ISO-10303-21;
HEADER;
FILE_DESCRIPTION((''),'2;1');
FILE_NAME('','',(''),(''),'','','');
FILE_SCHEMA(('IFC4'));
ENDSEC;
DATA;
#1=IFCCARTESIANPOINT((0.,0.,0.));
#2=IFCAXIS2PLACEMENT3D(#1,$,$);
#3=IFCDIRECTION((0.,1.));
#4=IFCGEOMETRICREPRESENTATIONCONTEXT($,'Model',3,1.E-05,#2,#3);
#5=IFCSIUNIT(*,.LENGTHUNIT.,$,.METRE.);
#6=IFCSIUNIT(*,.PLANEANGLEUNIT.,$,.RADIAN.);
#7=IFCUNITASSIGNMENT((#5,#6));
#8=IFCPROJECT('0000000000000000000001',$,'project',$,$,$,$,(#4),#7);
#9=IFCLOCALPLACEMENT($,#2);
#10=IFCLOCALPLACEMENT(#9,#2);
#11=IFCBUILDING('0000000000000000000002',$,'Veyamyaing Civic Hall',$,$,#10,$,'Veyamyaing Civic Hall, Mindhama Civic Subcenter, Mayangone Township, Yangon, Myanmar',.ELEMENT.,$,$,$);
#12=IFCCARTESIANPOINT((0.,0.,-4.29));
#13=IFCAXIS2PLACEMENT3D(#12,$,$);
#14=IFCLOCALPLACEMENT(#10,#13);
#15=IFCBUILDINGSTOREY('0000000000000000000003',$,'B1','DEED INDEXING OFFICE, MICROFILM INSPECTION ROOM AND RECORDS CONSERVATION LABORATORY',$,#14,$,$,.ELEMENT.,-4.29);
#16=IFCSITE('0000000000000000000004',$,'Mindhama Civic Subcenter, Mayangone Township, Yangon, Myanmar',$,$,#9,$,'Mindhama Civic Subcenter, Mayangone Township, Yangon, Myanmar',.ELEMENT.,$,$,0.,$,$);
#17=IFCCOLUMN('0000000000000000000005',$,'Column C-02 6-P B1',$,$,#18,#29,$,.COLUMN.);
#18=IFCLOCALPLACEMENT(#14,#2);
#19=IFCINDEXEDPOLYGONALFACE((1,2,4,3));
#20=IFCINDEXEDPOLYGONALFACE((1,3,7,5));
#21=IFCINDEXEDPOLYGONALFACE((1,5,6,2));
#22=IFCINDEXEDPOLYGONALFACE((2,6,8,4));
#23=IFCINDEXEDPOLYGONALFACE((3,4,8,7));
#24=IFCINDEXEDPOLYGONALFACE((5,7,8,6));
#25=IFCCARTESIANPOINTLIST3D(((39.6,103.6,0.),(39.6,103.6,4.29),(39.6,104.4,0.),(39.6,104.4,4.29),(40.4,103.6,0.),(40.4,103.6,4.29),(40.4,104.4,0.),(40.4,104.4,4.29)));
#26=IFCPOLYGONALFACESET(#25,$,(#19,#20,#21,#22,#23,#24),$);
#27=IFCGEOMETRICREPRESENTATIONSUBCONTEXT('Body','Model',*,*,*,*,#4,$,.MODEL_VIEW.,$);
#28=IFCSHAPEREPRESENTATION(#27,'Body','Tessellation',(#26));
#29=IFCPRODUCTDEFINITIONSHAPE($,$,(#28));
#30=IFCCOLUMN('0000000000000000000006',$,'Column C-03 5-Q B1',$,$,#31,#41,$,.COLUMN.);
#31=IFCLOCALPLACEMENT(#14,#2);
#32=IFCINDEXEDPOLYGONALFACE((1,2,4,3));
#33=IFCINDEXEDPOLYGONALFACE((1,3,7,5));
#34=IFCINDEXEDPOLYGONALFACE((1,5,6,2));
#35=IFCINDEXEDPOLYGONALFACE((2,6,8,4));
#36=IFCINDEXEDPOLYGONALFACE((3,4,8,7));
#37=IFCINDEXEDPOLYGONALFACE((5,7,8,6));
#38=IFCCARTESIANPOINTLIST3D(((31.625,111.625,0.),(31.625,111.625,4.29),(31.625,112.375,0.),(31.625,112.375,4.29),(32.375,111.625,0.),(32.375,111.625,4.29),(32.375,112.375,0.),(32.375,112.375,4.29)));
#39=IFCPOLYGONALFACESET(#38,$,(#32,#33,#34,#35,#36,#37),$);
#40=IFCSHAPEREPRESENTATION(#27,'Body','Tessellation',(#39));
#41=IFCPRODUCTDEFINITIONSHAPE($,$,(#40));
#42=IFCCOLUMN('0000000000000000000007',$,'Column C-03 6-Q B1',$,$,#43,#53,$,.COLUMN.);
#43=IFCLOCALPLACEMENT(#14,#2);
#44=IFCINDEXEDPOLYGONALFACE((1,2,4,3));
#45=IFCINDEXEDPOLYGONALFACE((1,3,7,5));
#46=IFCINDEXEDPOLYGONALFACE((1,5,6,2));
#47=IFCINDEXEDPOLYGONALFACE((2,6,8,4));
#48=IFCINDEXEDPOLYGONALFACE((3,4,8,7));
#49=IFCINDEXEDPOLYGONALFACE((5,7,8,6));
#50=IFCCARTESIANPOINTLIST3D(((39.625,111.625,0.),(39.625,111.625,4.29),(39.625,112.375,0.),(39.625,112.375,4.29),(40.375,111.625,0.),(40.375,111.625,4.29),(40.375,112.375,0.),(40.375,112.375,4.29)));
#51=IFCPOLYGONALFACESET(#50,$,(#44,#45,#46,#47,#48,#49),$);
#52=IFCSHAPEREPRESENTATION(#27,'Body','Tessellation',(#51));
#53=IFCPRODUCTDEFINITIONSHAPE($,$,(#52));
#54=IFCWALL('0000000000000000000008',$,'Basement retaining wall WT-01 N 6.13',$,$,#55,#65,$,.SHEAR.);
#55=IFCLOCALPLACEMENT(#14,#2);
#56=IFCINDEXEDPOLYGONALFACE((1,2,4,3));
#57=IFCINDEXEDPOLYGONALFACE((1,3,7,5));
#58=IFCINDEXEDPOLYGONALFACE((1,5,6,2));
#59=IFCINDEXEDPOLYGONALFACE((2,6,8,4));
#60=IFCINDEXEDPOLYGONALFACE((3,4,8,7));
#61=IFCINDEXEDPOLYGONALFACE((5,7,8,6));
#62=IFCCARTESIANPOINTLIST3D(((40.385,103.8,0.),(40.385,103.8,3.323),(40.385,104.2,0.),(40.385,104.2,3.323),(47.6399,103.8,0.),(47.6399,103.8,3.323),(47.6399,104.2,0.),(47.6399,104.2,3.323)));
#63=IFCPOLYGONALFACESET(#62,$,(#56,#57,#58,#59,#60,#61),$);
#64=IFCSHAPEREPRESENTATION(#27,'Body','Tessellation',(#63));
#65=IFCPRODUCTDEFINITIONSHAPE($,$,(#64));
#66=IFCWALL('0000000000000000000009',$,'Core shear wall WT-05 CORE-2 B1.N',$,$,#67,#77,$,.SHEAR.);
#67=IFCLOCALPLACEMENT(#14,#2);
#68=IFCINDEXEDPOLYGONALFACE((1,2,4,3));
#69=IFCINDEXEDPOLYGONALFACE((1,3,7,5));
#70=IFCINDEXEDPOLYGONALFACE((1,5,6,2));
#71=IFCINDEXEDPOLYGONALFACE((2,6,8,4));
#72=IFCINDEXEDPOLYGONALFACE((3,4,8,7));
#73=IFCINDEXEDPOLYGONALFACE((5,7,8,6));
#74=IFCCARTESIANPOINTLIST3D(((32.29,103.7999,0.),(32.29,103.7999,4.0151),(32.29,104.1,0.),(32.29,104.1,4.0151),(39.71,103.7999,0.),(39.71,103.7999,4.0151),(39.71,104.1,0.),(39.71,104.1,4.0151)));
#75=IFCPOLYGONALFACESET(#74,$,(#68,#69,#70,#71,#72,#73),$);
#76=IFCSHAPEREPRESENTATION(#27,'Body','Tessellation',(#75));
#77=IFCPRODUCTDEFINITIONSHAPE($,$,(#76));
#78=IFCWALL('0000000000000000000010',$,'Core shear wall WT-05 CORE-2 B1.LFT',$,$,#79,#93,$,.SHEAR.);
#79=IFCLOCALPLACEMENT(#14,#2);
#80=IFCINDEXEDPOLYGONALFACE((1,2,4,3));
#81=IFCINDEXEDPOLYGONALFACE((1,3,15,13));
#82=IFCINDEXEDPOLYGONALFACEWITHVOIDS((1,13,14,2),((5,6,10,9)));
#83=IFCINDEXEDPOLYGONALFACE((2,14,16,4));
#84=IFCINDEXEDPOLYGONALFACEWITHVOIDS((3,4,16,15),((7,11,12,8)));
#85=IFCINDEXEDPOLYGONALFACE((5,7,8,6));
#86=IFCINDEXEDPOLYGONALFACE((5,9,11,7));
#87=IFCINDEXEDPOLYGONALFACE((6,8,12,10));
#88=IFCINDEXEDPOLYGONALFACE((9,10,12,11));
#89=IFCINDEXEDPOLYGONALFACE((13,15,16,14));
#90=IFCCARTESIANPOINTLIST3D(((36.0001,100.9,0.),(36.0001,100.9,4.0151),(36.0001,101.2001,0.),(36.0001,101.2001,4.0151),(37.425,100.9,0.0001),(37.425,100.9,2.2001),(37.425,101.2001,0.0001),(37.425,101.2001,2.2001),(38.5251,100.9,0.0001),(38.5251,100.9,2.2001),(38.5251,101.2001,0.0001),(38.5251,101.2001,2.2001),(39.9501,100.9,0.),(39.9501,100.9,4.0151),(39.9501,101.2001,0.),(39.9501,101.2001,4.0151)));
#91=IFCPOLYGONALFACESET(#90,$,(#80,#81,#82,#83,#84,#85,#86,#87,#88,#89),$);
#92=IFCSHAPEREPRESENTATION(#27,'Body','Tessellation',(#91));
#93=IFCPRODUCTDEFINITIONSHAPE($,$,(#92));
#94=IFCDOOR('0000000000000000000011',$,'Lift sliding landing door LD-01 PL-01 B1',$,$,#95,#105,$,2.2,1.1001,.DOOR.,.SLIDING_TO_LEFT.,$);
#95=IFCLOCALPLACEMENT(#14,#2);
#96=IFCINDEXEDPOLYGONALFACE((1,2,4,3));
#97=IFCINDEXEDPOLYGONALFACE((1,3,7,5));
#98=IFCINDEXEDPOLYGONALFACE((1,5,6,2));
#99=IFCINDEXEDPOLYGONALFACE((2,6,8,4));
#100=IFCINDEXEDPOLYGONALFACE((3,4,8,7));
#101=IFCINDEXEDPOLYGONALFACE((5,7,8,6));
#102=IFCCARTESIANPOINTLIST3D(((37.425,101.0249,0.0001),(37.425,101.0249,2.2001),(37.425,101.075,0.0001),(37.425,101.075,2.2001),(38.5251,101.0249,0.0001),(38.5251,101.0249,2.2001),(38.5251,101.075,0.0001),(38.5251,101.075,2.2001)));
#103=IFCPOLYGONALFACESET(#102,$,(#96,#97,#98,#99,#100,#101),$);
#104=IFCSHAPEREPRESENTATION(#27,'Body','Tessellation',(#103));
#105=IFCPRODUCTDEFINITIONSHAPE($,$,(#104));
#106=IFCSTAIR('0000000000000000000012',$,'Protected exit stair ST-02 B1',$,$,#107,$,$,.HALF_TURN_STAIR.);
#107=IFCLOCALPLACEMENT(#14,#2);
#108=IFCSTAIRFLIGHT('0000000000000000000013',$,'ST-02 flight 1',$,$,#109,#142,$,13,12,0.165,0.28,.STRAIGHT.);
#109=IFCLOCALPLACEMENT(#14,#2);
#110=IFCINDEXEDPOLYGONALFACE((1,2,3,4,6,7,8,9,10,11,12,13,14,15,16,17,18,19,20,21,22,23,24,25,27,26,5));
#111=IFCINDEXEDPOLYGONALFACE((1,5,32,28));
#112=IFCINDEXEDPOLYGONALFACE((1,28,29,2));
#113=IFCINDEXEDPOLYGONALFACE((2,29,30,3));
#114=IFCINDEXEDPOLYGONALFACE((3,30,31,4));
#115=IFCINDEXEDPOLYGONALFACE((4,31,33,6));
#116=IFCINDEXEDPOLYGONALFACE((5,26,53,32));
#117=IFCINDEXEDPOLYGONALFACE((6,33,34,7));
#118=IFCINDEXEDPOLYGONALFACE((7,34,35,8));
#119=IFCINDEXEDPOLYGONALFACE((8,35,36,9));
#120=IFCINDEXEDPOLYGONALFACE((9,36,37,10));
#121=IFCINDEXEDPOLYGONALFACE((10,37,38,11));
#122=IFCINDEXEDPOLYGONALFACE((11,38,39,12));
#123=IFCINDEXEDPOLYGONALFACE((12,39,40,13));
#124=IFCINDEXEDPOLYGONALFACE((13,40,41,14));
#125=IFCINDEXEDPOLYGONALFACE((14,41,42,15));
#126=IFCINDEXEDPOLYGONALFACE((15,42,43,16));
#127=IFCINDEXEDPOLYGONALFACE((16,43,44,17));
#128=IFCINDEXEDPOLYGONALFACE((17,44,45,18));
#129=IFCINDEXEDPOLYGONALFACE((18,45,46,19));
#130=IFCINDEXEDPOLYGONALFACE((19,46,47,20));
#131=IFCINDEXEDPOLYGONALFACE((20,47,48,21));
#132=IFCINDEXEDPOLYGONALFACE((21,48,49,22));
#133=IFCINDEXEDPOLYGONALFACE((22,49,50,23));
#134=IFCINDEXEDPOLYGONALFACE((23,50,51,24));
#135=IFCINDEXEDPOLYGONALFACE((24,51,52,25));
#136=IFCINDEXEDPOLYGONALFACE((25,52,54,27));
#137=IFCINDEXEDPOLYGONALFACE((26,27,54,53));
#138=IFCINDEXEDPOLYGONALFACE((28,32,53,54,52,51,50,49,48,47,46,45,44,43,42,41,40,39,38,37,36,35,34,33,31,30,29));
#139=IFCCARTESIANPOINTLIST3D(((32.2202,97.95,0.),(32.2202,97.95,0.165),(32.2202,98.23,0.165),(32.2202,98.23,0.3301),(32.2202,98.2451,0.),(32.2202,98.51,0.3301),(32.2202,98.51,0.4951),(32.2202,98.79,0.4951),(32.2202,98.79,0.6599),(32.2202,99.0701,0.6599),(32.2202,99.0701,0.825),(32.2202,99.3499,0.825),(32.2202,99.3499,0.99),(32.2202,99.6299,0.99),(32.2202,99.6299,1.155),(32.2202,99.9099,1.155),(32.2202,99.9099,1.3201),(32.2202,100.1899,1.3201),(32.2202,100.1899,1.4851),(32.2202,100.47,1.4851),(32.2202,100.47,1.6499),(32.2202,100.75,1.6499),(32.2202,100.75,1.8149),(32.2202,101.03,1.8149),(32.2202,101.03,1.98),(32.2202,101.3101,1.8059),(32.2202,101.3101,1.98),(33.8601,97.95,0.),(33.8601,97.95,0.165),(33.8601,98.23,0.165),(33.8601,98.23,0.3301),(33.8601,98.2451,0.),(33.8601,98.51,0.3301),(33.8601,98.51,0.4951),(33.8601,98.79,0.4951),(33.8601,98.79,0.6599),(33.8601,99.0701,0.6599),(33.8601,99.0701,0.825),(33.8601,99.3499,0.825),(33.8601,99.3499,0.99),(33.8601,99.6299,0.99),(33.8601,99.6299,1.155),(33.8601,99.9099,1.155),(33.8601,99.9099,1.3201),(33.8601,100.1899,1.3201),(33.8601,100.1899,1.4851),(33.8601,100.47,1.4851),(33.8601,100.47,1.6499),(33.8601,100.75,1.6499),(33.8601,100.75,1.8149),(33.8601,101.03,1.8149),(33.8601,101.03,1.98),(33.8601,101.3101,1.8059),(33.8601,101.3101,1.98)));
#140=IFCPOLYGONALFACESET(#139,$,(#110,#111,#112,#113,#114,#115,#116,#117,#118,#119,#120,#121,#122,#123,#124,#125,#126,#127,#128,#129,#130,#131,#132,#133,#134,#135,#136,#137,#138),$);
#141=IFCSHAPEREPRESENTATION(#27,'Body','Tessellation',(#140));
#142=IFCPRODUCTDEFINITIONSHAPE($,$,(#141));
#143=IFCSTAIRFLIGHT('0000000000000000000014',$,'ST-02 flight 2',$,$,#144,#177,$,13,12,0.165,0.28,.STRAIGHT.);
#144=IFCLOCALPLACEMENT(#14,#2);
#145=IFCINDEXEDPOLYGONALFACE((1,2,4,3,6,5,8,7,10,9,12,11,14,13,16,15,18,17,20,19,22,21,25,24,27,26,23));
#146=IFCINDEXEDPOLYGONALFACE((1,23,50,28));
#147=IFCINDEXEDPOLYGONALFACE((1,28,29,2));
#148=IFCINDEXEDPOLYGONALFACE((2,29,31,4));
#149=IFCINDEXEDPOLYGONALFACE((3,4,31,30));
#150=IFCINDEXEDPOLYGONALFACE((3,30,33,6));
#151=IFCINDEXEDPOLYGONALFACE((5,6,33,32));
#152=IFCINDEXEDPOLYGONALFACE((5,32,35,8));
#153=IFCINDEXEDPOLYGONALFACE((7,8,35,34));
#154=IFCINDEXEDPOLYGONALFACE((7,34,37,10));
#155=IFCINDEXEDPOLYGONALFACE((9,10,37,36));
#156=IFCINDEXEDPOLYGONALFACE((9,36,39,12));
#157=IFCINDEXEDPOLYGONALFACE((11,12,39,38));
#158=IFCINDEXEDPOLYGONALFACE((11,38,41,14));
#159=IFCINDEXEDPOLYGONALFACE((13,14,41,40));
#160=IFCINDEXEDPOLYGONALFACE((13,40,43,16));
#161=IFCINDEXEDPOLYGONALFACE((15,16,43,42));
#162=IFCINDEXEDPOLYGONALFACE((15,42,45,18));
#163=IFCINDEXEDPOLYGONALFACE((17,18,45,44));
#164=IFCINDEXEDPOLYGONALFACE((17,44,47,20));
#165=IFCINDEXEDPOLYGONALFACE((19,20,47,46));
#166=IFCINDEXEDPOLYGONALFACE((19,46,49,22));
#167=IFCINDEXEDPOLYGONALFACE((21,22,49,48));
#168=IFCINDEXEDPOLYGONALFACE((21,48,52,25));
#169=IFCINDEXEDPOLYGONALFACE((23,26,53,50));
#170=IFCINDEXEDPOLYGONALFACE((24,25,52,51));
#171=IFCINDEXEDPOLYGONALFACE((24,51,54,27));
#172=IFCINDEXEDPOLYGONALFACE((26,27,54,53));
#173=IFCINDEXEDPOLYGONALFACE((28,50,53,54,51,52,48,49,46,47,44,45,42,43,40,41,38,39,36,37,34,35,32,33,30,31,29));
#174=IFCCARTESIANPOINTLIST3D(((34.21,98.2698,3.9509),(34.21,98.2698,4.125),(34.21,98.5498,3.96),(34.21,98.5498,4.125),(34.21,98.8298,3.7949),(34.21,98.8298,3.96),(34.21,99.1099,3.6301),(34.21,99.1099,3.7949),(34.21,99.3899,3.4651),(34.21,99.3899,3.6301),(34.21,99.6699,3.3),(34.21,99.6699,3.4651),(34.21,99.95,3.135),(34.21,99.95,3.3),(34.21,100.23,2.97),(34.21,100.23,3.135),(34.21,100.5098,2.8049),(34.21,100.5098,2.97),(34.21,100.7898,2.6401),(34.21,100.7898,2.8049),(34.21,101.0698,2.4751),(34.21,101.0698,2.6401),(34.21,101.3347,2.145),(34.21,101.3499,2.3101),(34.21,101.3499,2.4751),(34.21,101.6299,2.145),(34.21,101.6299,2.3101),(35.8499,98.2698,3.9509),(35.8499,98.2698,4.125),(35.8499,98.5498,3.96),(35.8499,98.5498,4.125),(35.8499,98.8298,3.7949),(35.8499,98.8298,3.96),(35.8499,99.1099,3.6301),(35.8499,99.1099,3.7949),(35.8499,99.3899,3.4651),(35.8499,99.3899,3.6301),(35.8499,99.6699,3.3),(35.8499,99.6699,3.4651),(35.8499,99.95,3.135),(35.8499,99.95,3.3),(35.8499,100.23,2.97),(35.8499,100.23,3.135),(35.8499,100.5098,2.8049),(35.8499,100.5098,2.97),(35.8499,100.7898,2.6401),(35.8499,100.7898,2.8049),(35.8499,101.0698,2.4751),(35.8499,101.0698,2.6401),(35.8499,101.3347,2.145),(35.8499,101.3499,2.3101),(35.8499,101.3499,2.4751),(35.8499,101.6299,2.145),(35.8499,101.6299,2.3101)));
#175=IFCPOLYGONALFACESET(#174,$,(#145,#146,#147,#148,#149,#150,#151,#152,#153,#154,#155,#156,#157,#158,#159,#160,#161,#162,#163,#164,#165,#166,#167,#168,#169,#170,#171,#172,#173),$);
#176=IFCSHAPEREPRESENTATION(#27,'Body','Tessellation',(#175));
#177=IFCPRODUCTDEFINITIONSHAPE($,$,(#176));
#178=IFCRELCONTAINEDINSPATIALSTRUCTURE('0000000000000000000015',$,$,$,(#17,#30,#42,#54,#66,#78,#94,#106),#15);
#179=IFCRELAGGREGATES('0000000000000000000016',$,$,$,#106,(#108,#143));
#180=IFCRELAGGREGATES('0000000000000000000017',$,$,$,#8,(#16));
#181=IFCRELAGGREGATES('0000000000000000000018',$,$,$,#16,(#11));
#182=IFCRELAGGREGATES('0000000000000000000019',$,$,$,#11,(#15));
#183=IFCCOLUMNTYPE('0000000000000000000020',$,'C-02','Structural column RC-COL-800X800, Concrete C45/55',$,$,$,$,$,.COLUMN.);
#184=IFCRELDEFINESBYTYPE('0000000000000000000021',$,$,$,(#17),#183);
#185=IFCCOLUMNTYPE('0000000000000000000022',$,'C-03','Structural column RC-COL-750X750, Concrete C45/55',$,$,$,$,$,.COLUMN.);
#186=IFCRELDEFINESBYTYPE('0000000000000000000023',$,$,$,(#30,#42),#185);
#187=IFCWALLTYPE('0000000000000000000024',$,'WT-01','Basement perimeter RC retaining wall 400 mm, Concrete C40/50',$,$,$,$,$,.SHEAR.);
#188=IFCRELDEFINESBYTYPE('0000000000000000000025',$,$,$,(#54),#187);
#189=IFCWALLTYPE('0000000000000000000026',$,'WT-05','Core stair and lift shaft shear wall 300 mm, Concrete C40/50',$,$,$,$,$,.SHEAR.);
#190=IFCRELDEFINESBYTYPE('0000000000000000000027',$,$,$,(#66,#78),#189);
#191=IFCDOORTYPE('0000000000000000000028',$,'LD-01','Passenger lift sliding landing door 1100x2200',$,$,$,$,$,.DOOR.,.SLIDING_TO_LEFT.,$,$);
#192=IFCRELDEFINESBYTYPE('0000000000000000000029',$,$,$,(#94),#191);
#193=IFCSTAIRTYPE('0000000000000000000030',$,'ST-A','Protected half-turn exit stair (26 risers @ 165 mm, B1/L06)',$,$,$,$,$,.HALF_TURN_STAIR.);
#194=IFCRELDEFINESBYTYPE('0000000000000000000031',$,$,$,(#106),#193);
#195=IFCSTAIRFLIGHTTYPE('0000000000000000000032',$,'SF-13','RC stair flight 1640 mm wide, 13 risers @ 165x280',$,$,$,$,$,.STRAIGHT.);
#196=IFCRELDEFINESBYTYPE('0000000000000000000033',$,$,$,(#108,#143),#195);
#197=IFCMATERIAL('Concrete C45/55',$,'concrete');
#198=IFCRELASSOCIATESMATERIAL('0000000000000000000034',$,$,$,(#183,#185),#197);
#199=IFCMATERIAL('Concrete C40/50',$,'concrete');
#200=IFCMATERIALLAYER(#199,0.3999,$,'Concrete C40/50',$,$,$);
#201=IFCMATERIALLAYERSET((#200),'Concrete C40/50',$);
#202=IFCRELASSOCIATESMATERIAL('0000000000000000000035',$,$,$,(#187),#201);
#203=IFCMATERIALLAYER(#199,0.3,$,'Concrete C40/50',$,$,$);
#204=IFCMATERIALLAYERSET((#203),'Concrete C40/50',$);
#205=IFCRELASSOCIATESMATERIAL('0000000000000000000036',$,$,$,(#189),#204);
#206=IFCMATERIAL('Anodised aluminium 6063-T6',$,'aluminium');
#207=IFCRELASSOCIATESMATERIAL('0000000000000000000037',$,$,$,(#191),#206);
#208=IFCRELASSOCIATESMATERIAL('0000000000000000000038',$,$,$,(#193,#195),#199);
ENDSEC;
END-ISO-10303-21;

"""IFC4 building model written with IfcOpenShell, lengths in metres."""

from ifc_helpers import new_model, si_unit, direction, frame, frame_2d, origin, origin_2d, place, context, subcontext, project, spatial, polyline, rectangle, outline, extrude, material, layer, layer_set, material_profile, profile_set, type_object, element, fill, aggregate, save


model = new_model("IFC4")

# Units and contexts
model_context = context("Model", 3, precision=1e-05, world=origin(), true_north=direction((0.0, 1.0)))
body_context = subcontext(model_context, "Body", "Model", "MODEL_VIEW")
ifc_project = project(units=[si_unit("LENGTHUNIT", "METRE"), si_unit("PLANEANGLEUNIT", "RADIAN")], contexts=[model_context])

# Site, building, storey
site_placement = place(None, origin())
site = spatial("IfcSite", under=ifc_project, at=site_placement, Name="Mindhama Civic Subcenter, Mayangone Township, Yangon, Myanmar", LongName="Mindhama Civic Subcenter, Mayangone Township, Yangon, Myanmar", CompositionType="ELEMENT", RefElevation=0.0)
building_placement = place(site_placement, origin())
building = spatial("IfcBuilding", under=site, at=building_placement, Name="Veyamyaing Civic Hall", LongName="Veyamyaing Civic Hall, Mindhama Civic Subcenter, Mayangone Township, Yangon, Myanmar", CompositionType="ELEMENT")
storey_placement = place(building_placement, frame((0.0, 0.0, -4.29)))
storey = spatial("IfcBuildingStorey", under=building, at=storey_placement, Name="B1", Description="DEED INDEXING OFFICE, MICROFILM INSPECTION ROOM AND RECORDS CONSERVATION LABORATORY", CompositionType="ELEMENT", Elevation=-4.29)

# Shared definitions
ifc_material_1 = material(Name="Concrete C40/50", Category="concrete")

# Columns
ifc_material_2 = material(Name="Concrete C45/55", Category="concrete")
ifc_material_profile_1 = material_profile(ifc_material_2, rectangle(XDim=0.8, YDim=0.8, at=origin_2d()), Name="RC-COL-800X800")
ifc_profile_set_1 = profile_set([ifc_material_profile_1], Name="Concrete C45/55")
column_type_1 = type_object("IfcColumnType", Name="C-02", Description="Structural column RC-COL-800X800, Concrete C45/55", PredefinedType="COLUMN", material=ifc_profile_set_1)
for number, where, z_axis, x_axis, name in (
    (1, (40.0, 104.0, 0.0), (0.0, 0.0, 1.0), (1.0, 0.0, 0.0), "Column C-02 6-P B1"),
):
    element("IfcColumn", number, at=place(storey_placement, frame(where, z_axis=z_axis, x_axis=x_axis)), inside=storey, type_object=column_type_1, Name=name, PredefinedType="COLUMN", context=body_context, shape_type="SweptSolid", body=[
        extrude(rectangle(XDim=0.8, YDim=0.8, at=origin_2d()), origin(), (0.0, 0.0, 1.0), 4.29),
    ])
ifc_material_profile_2 = material_profile(ifc_material_2, rectangle(XDim=0.75, YDim=0.75, at=origin_2d()), Name="RC-COL-750X750")
ifc_profile_set_2 = profile_set([ifc_material_profile_2], Name="Concrete C45/55")
column_type_2 = type_object("IfcColumnType", Name="C-03", Description="Structural column RC-COL-750X750, Concrete C45/55", PredefinedType="COLUMN", material=ifc_profile_set_2)
for number, where, z_axis, x_axis, name in (
    (2, (32.0, 112.0, 0.0), (0.0, 0.0, 1.0), (1.0, 0.0, 0.0), "Column C-03 5-Q B1"),
    (3, (40.0, 112.0, 0.0), (0.0, 0.0, 1.0), (1.0, 0.0, 0.0), "Column C-03 6-Q B1"),
):
    element("IfcColumn", number, at=place(storey_placement, frame(where, z_axis=z_axis, x_axis=x_axis)), inside=storey, type_object=column_type_2, Name=name, PredefinedType="COLUMN", context=body_context, shape_type="SweptSolid", body=[
        extrude(rectangle(XDim=0.75, YDim=0.75, at=origin_2d()), origin(), (0.0, 0.0, 1.0), 4.29),
    ])

# Walls
ifc_layer_1 = layer(ifc_material_1, 0.3999, Name="Concrete C40/50")
ifc_layer_set_1 = layer_set([ifc_layer_1], Name="Concrete C40/50")
wall_type_1 = type_object("IfcWallType", Name="WT-01", Description="Basement perimeter RC retaining wall 400 mm, Concrete C40/50", PredefinedType="SHEAR", material=ifc_layer_set_1)
wall_1_placement = place(storey_placement, frame((40.385, 104.0, 0.0), z_axis=(0.0, 0.0, 1.0), x_axis=(1.0, 0.0, 0.0)))
element("IfcWall", 4, at=wall_1_placement, inside=storey, type_object=wall_type_1, Name="Basement retaining wall WT-01 N 6.13", PredefinedType="SHEAR", context=body_context, shape_type="SweptSolid", body=[
    extrude(rectangle(XDim=7.2549, YDim=0.3999, at=frame_2d((3.6274, 0.0))), origin(), (0.0, 0.0, 1.0), 3.323),
])
ifc_layer_2 = layer(ifc_material_1, 0.3, Name="Concrete C40/50")
ifc_layer_set_2 = layer_set([ifc_layer_2], Name="Concrete C40/50")
wall_type_2 = type_object("IfcWallType", Name="WT-05", Description="Core stair and lift shaft shear wall 300 mm, Concrete C40/50", PredefinedType="SHEAR", material=ifc_layer_set_2)
wall_2_placement = place(storey_placement, frame((32.29, 103.95, 0.0), z_axis=(0.0, 0.0, 1.0), x_axis=(1.0, 0.0, 0.0)))
element("IfcWall", 5, at=wall_2_placement, inside=storey, type_object=wall_type_2, Name="Core shear wall WT-05 CORE-2 B1.N", PredefinedType="SHEAR", context=body_context, shape_type="SweptSolid", body=[
    extrude(rectangle(XDim=7.4199, YDim=0.3, at=frame_2d((3.71, 0.0))), origin(), (0.0, 0.0, 1.0), 4.0151),
])

# Wall, opening, door
wall_3_placement = place(storey_placement, frame((36.0, 101.05, 0.0), z_axis=(0.0, 0.0, 1.0), x_axis=(1.0, 0.0, 0.0)))
wall_3 = element("IfcWall", 6, at=wall_3_placement, inside=storey, type_object=wall_type_2, Name="Core shear wall WT-05 CORE-2 B1.LFT", PredefinedType="SHEAR", context=body_context, shape_type="SweptSolid", body=[
    extrude(rectangle(XDim=3.95, YDim=0.3, at=frame_2d((1.9751, 0.0))), origin(), (0.0, 0.0, 1.0), 4.0151),
])
opening_placement = place(wall_3_placement, frame((1.425, 0.0, 0.0)))
opening = element("IfcOpeningElement", 7, at=opening_placement, cuts=wall_3, PredefinedType="OPENING", context=body_context, shape_type="SweptSolid", body=[
    extrude(rectangle(XDim=1.1001, YDim=2.2, at=frame_2d((0.55, 1.1001))), frame((0.0, 0.1599, 0.0), z_axis=(0.0, -1.0, 0.0), x_axis=(1.0, 0.0, 0.0)), (0.0, 0.0, 1.0), 0.3201),
])
ifc_material_3 = material(Name="Anodised aluminium 6063-T6", Category="aluminium")
door_type = type_object("IfcDoorType", Name="LD-01", Description="Passenger lift sliding landing door 1100x2200", OperationType="SLIDING_TO_LEFT", PredefinedType="DOOR", material=ifc_material_3)
door_placement = place(opening_placement, origin())
door = element("IfcDoor", 8, at=door_placement, inside=storey, type_object=door_type, Name="Lift sliding landing door LD-01 PL-01 B1", OperationType="SLIDING_TO_LEFT", OverallHeight=2.2, OverallWidth=1.1001, PredefinedType="DOOR", context=body_context, shape_type="SweptSolid", body=[
    extrude(rectangle(XDim=1.1001, YDim=2.2, at=frame_2d((0.55, 1.1001))), frame((0.0, 0.0249, 0.0), z_axis=(0.0, -1.0, 0.0), x_axis=(1.0, 0.0, 0.0)), (0.0, 0.0, 1.0), 0.05),
])
fill(opening, door)

# Stair, stair flights
stair_type = type_object("IfcStairType", Name="ST-A", Description="Protected half-turn exit stair (26 risers @ 165 mm, B1/L06)", PredefinedType="HALF_TURN_STAIR", material=ifc_material_1)
stair_placement = place(storey_placement, origin())
stair = element("IfcStair", 9, at=stair_placement, inside=storey, type_object=stair_type, Name="Protected exit stair ST-02 B1", PredefinedType="HALF_TURN_STAIR")
stair_flight_type = type_object("IfcStairFlightType", Name="SF-13", Description="RC stair flight 1640 mm wide, 13 risers @ 165x280", PredefinedType="STRAIGHT", material=ifc_material_1)
stair_flight_1_placement = place(storey_placement, frame((33.04, 97.95, 0.0), z_axis=(0.0, 0.0, 1.0), x_axis=(0.0, 1.0, 0.0)))
stair_flight_1 = element("IfcStairFlight", 10, at=stair_flight_1_placement, type_object=stair_flight_type, Name="ST-02 flight 1", NumberOfRisers=13, NumberOfTreads=12, PredefinedType="STRAIGHT", RiserHeight=0.165, TreadLength=0.28, context=body_context, shape_type="SweptSolid", body=[
    extrude(outline(polyline([(0.0, 0.0), (0.0, 0.165), (0.28, 0.165), (0.28, 0.3301), (0.5601, 0.3301), (0.5601, 0.4951), (0.8401, 0.4951), (0.8401, 0.6599), (1.1201, 0.6599), (1.1201, 0.825), (1.3999, 0.825), (1.3999, 0.99), (1.6799, 0.99), (1.6799, 1.155), (1.96, 1.155), (1.96, 1.3201), (2.24, 1.3201), (2.24, 1.4851), (2.52, 1.4851), (2.52, 1.6499), (2.8, 1.6499), (2.8, 1.8149), (3.0801, 1.8149), (3.0801, 1.98), (3.3601, 1.98), (3.3601, 2.145), (3.3601, 1.8059), (0.2952, 0.0), (0.0, 0.0)])), frame((0.0, 0.8198, 0.0), z_axis=(0.0, -1.0, 0.0), x_axis=(1.0, 0.0, 0.0)), (0.0, 0.0, 1.0), 1.6399),
])
stair_flight_2_placement = place(storey_placement, frame((35.03, 101.6299, 2.145), z_axis=(0.0, 0.0, 1.0), x_axis=(0.0, -1.0, 0.0)))
stair_flight_2 = element("IfcStairFlight", 11, at=stair_flight_2_placement, type_object=stair_flight_type, Name="ST-02 flight 2", NumberOfRisers=13, NumberOfTreads=12, PredefinedType="STRAIGHT", RiserHeight=0.165, TreadLength=0.28, context=body_context, shape_type="SweptSolid", body=[
    extrude(outline(polyline([(0.0, 0.0), (0.0, 0.165), (0.28, 0.165), (0.28, 0.3301), (0.5601, 0.3301), (0.5601, 0.4951), (0.8401, 0.4951), (0.8401, 0.6599), (1.1201, 0.6599), (1.1201, 0.825), (1.3999, 0.825), (1.3999, 0.99), (1.6799, 0.99), (1.6799, 1.155), (1.96, 1.155), (1.96, 1.3201), (2.24, 1.3201), (2.24, 1.4851), (2.52, 1.4851), (2.52, 1.6499), (2.8, 1.6499), (2.8, 1.8149), (3.0801, 1.8149), (3.0801, 1.98), (3.3601, 1.98), (3.3601, 2.145), (3.3601, 1.8059), (0.2952, 0.0), (0.0, 0.0)])), frame((0.0, 0.8198, 0.0), z_axis=(0.0, -1.0, 0.0), x_axis=(1.0, 0.0, 0.0)), (0.0, 0.0, 1.0), 1.6399),
])
aggregate(stair, [stair_flight_1, stair_flight_2])

save(model, "model.ifc")
